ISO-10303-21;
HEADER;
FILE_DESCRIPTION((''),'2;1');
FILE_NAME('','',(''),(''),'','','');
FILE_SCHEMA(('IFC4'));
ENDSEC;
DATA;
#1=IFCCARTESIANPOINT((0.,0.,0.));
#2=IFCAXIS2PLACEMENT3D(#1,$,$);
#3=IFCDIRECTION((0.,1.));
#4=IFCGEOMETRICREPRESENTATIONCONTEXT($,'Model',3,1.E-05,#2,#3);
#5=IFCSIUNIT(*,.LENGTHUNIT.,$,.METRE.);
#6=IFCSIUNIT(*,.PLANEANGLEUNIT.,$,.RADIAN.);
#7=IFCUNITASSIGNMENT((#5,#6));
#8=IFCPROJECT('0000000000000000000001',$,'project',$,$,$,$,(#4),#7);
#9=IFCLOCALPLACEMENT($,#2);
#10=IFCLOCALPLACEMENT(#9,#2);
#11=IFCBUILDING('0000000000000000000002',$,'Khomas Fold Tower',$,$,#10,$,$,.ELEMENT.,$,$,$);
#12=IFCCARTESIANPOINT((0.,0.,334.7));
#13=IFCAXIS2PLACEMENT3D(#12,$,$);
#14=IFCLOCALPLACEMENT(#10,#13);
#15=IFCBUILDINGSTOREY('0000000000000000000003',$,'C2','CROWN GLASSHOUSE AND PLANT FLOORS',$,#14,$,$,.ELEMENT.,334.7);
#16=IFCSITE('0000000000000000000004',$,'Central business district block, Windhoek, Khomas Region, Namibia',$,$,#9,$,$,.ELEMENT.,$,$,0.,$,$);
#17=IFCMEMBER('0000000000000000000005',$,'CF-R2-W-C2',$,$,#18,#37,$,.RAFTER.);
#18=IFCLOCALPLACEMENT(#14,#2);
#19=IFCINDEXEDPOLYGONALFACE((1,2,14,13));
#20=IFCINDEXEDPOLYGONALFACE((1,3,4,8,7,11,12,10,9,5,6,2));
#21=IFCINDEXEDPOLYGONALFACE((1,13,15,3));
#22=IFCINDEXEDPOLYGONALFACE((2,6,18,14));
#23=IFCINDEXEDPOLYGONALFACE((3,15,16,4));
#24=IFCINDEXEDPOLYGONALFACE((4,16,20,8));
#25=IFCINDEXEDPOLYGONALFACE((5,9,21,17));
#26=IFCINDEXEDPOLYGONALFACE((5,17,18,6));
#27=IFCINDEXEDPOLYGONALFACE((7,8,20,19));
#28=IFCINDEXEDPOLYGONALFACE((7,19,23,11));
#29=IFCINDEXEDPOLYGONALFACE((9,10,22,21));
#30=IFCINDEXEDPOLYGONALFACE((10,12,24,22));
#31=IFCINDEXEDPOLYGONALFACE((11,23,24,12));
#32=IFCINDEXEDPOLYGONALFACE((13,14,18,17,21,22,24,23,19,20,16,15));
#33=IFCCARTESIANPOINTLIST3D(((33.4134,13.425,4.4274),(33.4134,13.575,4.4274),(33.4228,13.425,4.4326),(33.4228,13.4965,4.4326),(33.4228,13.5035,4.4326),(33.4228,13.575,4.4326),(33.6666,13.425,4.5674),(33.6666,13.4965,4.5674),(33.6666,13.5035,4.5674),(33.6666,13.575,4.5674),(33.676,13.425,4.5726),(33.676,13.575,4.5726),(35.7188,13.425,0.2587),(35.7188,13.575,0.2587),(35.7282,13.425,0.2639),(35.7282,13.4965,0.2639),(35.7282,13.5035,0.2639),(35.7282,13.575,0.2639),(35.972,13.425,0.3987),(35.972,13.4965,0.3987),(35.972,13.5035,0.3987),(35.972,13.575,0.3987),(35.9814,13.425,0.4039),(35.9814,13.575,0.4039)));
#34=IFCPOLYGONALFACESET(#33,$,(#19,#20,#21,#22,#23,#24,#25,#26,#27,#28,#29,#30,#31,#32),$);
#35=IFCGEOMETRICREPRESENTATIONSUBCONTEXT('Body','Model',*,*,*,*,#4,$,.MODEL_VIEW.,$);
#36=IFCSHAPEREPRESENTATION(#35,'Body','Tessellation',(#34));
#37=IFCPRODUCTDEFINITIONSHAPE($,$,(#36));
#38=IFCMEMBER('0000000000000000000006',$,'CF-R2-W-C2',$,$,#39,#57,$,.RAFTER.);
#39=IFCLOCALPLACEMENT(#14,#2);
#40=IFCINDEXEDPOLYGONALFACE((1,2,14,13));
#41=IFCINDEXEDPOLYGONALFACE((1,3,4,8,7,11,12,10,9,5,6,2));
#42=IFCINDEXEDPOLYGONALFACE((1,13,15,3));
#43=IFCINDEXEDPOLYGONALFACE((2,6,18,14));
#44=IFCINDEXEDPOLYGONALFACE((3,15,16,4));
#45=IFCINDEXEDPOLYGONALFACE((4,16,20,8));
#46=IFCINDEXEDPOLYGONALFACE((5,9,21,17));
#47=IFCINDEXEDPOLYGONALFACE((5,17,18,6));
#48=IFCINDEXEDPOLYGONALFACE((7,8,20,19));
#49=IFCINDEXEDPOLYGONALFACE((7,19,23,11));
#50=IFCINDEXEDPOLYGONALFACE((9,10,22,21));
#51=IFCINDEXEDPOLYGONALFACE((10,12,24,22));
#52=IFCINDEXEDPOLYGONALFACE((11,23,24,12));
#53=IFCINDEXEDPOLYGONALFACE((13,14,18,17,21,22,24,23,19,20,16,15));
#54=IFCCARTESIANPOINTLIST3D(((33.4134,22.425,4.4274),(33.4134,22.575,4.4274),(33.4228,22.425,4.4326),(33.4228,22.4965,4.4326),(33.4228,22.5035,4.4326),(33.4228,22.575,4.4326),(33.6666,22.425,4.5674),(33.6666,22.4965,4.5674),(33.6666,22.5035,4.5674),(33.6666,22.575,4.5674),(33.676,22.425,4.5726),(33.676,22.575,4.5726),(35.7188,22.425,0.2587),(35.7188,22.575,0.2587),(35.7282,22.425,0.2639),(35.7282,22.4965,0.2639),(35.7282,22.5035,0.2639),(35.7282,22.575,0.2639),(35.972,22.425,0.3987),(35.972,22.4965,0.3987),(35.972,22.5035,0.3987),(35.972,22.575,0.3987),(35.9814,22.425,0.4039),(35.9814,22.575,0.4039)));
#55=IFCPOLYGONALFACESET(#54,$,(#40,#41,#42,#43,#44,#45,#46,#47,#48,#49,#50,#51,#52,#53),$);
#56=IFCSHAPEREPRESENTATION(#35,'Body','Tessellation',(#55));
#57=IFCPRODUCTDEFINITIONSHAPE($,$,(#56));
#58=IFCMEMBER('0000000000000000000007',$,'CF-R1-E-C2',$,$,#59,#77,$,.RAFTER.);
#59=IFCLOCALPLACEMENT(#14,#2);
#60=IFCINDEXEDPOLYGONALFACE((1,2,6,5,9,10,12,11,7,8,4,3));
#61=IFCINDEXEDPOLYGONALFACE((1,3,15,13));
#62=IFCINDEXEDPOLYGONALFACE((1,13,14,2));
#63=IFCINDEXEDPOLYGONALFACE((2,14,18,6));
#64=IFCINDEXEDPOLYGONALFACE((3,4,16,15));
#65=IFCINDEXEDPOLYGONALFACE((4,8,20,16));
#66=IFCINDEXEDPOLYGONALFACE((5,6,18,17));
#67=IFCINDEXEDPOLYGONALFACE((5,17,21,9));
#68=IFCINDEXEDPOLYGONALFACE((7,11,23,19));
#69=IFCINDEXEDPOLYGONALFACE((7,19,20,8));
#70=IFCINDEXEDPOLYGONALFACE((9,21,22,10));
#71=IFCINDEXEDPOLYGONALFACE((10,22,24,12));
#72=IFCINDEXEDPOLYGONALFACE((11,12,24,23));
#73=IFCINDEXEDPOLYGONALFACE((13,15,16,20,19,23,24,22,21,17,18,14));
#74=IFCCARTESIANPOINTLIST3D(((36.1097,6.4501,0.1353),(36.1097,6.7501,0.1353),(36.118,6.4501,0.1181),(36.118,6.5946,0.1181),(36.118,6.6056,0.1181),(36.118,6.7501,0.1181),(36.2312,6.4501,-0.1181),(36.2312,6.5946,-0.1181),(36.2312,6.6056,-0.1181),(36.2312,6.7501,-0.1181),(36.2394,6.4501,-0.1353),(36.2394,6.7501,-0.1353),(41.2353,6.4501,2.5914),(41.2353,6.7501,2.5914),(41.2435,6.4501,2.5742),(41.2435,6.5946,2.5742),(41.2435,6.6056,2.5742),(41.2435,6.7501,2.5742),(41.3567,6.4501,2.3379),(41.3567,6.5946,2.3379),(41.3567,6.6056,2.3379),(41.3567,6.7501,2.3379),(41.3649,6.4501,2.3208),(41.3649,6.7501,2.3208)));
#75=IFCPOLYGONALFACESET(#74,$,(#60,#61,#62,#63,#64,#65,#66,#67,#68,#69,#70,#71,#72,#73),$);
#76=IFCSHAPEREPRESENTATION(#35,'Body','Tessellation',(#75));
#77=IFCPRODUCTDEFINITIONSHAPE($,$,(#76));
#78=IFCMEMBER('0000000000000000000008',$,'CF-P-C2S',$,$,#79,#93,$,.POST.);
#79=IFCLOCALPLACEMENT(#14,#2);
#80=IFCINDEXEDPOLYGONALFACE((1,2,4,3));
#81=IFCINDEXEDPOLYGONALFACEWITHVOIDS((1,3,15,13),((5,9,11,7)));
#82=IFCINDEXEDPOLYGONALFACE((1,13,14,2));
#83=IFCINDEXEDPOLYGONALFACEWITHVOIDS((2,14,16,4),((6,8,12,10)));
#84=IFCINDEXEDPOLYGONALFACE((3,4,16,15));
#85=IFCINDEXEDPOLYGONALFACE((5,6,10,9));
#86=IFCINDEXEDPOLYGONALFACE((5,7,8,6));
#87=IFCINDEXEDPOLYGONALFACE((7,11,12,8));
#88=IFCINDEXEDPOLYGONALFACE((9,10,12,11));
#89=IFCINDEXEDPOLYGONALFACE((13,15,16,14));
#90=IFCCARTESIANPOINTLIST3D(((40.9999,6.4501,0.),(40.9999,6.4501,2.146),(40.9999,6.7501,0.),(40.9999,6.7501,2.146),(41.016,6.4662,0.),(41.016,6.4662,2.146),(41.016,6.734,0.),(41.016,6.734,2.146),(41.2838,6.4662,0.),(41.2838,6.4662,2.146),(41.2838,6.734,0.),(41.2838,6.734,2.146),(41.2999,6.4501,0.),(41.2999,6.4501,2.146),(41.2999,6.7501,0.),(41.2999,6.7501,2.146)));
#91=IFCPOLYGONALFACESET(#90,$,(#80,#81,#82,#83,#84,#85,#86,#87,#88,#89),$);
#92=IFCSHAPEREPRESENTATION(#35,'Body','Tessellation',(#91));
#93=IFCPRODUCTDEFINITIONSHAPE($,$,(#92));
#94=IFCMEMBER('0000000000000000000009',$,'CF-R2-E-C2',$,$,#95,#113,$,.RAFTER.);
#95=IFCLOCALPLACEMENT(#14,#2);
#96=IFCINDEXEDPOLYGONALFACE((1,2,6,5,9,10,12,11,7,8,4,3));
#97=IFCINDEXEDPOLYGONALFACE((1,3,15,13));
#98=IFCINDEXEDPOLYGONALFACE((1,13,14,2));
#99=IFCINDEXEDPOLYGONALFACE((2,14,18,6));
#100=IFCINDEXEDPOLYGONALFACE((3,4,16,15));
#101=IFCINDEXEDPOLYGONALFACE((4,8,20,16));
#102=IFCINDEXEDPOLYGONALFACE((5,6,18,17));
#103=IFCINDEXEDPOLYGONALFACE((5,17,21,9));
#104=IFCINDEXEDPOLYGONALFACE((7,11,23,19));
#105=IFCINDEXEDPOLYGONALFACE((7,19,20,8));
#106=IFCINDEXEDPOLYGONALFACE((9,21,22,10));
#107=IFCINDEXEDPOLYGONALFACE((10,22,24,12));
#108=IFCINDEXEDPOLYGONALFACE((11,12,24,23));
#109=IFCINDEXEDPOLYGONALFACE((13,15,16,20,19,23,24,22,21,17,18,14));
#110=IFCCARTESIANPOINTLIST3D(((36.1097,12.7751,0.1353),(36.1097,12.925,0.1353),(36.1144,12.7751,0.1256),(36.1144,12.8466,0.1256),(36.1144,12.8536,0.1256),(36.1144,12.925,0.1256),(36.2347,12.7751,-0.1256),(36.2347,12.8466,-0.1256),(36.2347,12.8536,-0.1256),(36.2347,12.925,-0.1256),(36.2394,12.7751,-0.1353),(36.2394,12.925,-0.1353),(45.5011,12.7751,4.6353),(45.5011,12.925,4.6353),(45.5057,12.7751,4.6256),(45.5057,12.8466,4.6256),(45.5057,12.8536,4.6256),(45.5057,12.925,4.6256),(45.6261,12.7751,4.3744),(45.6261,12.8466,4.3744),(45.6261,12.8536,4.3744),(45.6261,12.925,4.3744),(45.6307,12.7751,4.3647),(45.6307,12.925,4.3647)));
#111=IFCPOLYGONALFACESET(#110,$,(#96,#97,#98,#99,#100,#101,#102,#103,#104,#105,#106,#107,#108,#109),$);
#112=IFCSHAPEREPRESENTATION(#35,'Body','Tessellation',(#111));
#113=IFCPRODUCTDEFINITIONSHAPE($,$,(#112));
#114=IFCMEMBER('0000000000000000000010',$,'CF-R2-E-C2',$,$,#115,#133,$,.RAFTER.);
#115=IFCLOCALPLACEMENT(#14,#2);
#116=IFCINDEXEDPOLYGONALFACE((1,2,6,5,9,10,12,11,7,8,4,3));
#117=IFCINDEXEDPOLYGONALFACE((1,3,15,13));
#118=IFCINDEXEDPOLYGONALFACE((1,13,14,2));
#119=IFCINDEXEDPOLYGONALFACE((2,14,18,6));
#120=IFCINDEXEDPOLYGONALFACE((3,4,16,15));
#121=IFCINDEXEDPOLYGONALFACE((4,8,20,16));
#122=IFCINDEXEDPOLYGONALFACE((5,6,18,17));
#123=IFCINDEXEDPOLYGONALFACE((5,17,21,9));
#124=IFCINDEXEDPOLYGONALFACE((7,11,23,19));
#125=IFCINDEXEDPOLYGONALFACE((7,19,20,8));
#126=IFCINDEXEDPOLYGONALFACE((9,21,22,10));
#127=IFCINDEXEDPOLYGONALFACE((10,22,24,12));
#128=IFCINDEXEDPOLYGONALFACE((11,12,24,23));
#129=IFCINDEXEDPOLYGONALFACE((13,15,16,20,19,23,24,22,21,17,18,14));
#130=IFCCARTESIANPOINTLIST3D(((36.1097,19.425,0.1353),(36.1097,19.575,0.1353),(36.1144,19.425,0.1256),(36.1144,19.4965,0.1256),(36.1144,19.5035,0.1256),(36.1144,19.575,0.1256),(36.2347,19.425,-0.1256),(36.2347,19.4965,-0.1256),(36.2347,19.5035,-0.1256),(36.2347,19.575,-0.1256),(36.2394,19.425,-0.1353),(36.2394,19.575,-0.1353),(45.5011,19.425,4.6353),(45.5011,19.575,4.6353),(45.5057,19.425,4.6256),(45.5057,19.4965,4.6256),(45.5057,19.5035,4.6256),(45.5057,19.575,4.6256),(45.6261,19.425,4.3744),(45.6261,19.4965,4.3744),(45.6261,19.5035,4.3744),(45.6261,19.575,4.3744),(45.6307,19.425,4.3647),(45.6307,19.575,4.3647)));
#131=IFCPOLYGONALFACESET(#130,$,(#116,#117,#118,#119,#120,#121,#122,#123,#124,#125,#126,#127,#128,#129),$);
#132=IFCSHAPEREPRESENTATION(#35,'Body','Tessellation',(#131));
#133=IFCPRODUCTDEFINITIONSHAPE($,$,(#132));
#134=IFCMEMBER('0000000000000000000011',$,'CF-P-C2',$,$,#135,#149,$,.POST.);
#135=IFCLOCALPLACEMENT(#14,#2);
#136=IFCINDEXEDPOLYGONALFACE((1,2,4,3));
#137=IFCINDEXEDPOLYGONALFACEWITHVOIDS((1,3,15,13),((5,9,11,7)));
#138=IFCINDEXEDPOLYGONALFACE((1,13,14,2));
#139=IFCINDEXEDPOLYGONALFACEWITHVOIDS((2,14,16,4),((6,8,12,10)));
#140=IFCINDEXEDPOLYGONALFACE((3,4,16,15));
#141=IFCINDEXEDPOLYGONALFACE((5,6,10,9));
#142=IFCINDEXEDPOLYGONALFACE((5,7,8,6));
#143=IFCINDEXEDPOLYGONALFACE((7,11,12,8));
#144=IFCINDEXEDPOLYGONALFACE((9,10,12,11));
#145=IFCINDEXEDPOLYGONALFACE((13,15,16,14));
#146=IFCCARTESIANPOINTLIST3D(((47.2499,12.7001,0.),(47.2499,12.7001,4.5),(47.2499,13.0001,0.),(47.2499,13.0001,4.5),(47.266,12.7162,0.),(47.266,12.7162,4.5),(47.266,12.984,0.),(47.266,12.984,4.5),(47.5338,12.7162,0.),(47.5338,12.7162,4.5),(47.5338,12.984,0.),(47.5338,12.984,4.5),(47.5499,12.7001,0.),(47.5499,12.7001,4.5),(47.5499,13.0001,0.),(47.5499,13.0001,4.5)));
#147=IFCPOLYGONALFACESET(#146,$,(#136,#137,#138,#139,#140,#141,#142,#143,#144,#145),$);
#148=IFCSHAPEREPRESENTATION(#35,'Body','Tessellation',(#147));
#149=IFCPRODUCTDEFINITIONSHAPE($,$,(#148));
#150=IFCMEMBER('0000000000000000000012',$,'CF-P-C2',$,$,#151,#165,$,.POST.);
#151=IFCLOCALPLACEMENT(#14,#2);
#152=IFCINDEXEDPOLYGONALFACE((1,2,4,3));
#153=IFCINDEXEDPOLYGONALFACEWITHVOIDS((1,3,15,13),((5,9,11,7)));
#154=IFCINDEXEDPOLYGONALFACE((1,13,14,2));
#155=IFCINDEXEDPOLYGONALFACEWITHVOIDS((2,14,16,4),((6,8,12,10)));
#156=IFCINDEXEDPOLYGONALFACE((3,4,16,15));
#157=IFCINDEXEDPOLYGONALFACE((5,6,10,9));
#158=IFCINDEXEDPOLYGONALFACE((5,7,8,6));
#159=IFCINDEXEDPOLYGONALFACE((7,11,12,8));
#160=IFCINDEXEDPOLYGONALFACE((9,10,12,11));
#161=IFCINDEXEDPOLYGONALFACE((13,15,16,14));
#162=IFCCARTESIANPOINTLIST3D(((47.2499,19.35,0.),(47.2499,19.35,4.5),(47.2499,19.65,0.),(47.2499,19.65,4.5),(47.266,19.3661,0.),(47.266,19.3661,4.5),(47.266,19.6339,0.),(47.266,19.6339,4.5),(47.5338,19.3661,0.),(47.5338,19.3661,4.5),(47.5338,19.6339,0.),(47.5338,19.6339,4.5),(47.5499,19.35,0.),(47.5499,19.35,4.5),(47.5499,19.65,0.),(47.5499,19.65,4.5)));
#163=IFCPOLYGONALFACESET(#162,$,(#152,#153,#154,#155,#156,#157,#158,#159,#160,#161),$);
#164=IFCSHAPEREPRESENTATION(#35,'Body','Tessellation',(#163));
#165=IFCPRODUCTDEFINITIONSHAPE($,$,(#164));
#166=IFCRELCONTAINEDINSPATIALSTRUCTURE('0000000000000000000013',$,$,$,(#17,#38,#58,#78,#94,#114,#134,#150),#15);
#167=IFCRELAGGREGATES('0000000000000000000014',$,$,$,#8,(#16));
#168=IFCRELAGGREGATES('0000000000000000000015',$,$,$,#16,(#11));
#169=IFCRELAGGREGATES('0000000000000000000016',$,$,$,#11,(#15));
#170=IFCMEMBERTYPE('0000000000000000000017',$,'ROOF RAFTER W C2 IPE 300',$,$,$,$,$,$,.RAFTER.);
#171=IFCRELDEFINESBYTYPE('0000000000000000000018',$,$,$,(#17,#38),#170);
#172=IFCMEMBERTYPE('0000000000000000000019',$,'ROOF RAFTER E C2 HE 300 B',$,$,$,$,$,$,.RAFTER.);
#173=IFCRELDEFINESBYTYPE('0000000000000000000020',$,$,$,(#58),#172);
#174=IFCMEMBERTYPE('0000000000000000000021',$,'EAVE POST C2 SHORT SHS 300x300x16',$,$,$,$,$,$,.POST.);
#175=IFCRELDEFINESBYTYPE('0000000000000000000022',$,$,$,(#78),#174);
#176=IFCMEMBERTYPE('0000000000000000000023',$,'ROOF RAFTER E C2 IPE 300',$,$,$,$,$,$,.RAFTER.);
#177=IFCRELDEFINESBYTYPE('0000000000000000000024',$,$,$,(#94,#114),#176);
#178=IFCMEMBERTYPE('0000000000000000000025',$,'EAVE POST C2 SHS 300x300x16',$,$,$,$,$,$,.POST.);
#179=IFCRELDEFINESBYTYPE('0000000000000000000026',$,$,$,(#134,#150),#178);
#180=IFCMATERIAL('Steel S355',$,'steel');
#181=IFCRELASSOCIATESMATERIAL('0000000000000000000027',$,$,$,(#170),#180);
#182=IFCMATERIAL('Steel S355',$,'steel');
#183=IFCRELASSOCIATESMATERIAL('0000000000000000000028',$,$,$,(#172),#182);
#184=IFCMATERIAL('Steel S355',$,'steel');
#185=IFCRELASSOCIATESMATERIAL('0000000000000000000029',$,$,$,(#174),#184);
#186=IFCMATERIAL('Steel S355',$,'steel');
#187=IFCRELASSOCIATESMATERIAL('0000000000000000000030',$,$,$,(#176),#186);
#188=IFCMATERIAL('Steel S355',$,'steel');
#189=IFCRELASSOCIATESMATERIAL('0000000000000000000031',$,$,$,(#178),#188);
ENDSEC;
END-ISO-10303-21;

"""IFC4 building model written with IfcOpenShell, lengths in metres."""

from ifc_helpers import new_model, si_unit, direction, frame, origin, origin_2d, place, context, subcontext, project, spatial, hollow_rectangle, i_section, extrude, source, transform, mapped, material, material_profile, profile_set, type_object, element, save


model = new_model("IFC4")

# Units and contexts
model_context = context("Model", 3, precision=1e-05, world=origin(), true_north=direction((0.0, 1.0)))
body_context = subcontext(model_context, "Body", "Model", "MODEL_VIEW")
ifc_project = project(units=[si_unit("LENGTHUNIT", "METRE"), si_unit("PLANEANGLEUNIT", "RADIAN")], contexts=[model_context])

# Site, building, storey
site_placement = place(None, origin())
site = spatial("IfcSite", under=ifc_project, at=site_placement, Name="Central business district block, Windhoek, Khomas Region, Namibia", CompositionType="ELEMENT", RefElevation=0.0)
building_placement = place(site_placement, origin())
building = spatial("IfcBuilding", under=site, at=building_placement, Name="Khomas Fold Tower", CompositionType="ELEMENT")
storey_placement = place(building_placement, frame((0.0, 0.0, 334.7)))
storey = spatial("IfcBuildingStorey", under=building, at=storey_placement, Name="C2", Description="CROWN GLASSHOUSE AND PLANT FLOORS", CompositionType="ELEMENT", Elevation=334.7)

# Members
ifc_material_1 = material(Name="Steel S355", Category="steel")
ifc_material_profile_1 = material_profile(ifc_material_1, i_section(OverallWidth=0.1499, OverallDepth=0.3, WebThickness=0.0071, FlangeThickness=0.0107, at=origin_2d()), Name="IPE 300")
ifc_profile_set_1 = profile_set([ifc_material_profile_1], Name="Steel S355")
member_type_1 = type_object("IfcMemberType", Name="ROOF RAFTER W C2 IPE 300", PredefinedType="RAFTER", material=ifc_profile_set_1)
shared_shape_1 = source(origin(), body_context, "Body", "SweptSolid", [
    extrude(i_section(OverallWidth=0.1499, OverallDepth=0.3, WebThickness=0.0071, FlangeThickness=0.0107, at=origin_2d()), origin(), (0.0, 0.0, 1.0), 4.7637),
])
for number, where, z_axis, x_axis, name in (
    (1, (35.8501, 13.5, 0.3313), (-0.483954, 0.0, 0.875094), (0.0, -1.0, 0.0), "CF-R2-W-C2"),
    (2, (35.8501, 22.5, 0.3313), (-0.483954, 0.0, 0.875094), (0.0, -1.0, 0.0), "CF-R2-W-C2"),
):
    element("IfcMember", number, at=place(storey_placement, frame(where, z_axis=z_axis, x_axis=x_axis)), inside=storey, type_object=member_type_1, Name=name, PredefinedType="RAFTER", context=body_context, shape_type="MappedRepresentation", body=[
        mapped(shared_shape_1, transform((0.0, 0.0, 0.0))),
    ])
ifc_material_2 = material(Name="Steel S355", Category="steel")
ifc_material_profile_2 = material_profile(ifc_material_2, i_section(OverallWidth=0.3, OverallDepth=0.3, WebThickness=0.011, FlangeThickness=0.019, at=origin_2d()), Name="HE 300 B")
ifc_profile_set_2 = profile_set([ifc_material_profile_2], Name="Steel S355")
member_type_2 = type_object("IfcMemberType", Name="ROOF RAFTER E C2 HE 300 B", PredefinedType="RAFTER", material=ifc_profile_set_2)
shared_shape_2 = source(origin(), body_context, "Body", "SweptSolid", [
    extrude(i_section(OverallWidth=0.3, OverallDepth=0.3, WebThickness=0.011, FlangeThickness=0.019, at=origin_2d()), origin(), (0.0, 0.0, 1.0), 5.6836),
])
member_1_placement = place(storey_placement, frame((36.1746, 6.6001, 0.0), z_axis=(0.90181, 0.0, 0.432133), x_axis=(0.0, 1.0, 0.0)))
element("IfcMember", 3, at=member_1_placement, inside=storey, type_object=member_type_2, Name="CF-R1-E-C2", PredefinedType="RAFTER", context=body_context, shape_type="MappedRepresentation", body=[
    mapped(shared_shape_2, transform((0.0, 0.0, 0.0))),
])
ifc_material_3 = material(Name="Steel S355", Category="steel")
ifc_material_profile_3 = material_profile(ifc_material_3, hollow_rectangle(XDim=0.3, YDim=0.3, WallThickness=0.0161, at=origin_2d()), Name="SHS 300x300x16")
ifc_profile_set_3 = profile_set([ifc_material_profile_3], Name="Steel S355")
member_type_3 = type_object("IfcMemberType", Name="EAVE POST C2 SHORT SHS 300x300x16", PredefinedType="POST", material=ifc_profile_set_3)
shared_shape_3 = source(origin(), body_context, "Body", "SweptSolid", [
    extrude(hollow_rectangle(XDim=0.3, YDim=0.3, WallThickness=0.0161, at=origin_2d()), origin(), (0.0, 0.0, 1.0), 2.146),
])
member_2_placement = place(storey_placement, frame((41.1499, 6.6001, 0.0), z_axis=(0.0, 0.0, 1.0), x_axis=(1.0, 0.0, 0.0)))
element("IfcMember", 4, at=member_2_placement, inside=storey, type_object=member_type_3, Name="CF-P-C2S", PredefinedType="POST", context=body_context, shape_type="MappedRepresentation", body=[
    mapped(shared_shape_3, transform((0.0, 0.0, 0.0))),
])
ifc_material_4 = material(Name="Steel S355", Category="steel")
ifc_material_profile_4 = material_profile(ifc_material_4, i_section(OverallWidth=0.1499, OverallDepth=0.3, WebThickness=0.0071, FlangeThickness=0.0107, at=origin_2d()), Name="IPE 300")
ifc_profile_set_4 = profile_set([ifc_material_profile_4], Name="Steel S355")
member_type_4 = type_object("IfcMemberType", Name="ROOF RAFTER E C2 IPE 300", PredefinedType="RAFTER", material=ifc_profile_set_4)
shared_shape_4 = source(origin(), body_context, "Body", "SweptSolid", [
    extrude(i_section(OverallWidth=0.1499, OverallDepth=0.3, WebThickness=0.0071, FlangeThickness=0.0107, at=origin_2d()), origin(), (0.0, 0.0, 1.0), 10.4138),
])
for number, where, z_axis, x_axis, name in (
    (5, (36.1746, 12.8501, 0.0), (0.901817, 0.0, 0.432118), (0.0, 1.0, 0.0), "CF-R2-E-C2"),
    (6, (36.1746, 19.5, 0.0), (0.901817, 0.0, 0.432118), (0.0, 1.0, 0.0), "CF-R2-E-C2"),
):
    element("IfcMember", number, at=place(storey_placement, frame(where, z_axis=z_axis, x_axis=x_axis)), inside=storey, type_object=member_type_4, Name=name, PredefinedType="RAFTER", context=body_context, shape_type="MappedRepresentation", body=[
        mapped(shared_shape_4, transform((0.0, 0.0, 0.0))),
    ])
ifc_material_5 = material(Name="Steel S355", Category="steel")
ifc_material_profile_5 = material_profile(ifc_material_5, hollow_rectangle(XDim=0.3, YDim=0.3, WallThickness=0.0161, at=origin_2d()), Name="SHS 300x300x16")
ifc_profile_set_5 = profile_set([ifc_material_profile_5], Name="Steel S355")
member_type_5 = type_object("IfcMemberType", Name="EAVE POST C2 SHS 300x300x16", PredefinedType="POST", material=ifc_profile_set_5)
shared_shape_5 = source(origin(), body_context, "Body", "SweptSolid", [
    extrude(hollow_rectangle(XDim=0.3, YDim=0.3, WallThickness=0.0161, at=origin_2d()), origin(), (0.0, 0.0, 1.0), 4.5),
])
for number, where, z_axis, x_axis, name in (
    (7, (47.3999, 12.8501, 0.0), (0.0, 0.0, 1.0), (1.0, 0.0, 0.0), "CF-P-C2"),
    (8, (47.3999, 19.5, 0.0), (0.0, 0.0, 1.0), (1.0, 0.0, 0.0), "CF-P-C2"),
):
    element("IfcMember", number, at=place(storey_placement, frame(where, z_axis=z_axis, x_axis=x_axis)), inside=storey, type_object=member_type_5, Name=name, PredefinedType="POST", context=body_context, shape_type="MappedRepresentation", body=[
        mapped(shared_shape_5, transform((0.0, 0.0, 0.0))),
    ])

save(model, "model.ifc")
